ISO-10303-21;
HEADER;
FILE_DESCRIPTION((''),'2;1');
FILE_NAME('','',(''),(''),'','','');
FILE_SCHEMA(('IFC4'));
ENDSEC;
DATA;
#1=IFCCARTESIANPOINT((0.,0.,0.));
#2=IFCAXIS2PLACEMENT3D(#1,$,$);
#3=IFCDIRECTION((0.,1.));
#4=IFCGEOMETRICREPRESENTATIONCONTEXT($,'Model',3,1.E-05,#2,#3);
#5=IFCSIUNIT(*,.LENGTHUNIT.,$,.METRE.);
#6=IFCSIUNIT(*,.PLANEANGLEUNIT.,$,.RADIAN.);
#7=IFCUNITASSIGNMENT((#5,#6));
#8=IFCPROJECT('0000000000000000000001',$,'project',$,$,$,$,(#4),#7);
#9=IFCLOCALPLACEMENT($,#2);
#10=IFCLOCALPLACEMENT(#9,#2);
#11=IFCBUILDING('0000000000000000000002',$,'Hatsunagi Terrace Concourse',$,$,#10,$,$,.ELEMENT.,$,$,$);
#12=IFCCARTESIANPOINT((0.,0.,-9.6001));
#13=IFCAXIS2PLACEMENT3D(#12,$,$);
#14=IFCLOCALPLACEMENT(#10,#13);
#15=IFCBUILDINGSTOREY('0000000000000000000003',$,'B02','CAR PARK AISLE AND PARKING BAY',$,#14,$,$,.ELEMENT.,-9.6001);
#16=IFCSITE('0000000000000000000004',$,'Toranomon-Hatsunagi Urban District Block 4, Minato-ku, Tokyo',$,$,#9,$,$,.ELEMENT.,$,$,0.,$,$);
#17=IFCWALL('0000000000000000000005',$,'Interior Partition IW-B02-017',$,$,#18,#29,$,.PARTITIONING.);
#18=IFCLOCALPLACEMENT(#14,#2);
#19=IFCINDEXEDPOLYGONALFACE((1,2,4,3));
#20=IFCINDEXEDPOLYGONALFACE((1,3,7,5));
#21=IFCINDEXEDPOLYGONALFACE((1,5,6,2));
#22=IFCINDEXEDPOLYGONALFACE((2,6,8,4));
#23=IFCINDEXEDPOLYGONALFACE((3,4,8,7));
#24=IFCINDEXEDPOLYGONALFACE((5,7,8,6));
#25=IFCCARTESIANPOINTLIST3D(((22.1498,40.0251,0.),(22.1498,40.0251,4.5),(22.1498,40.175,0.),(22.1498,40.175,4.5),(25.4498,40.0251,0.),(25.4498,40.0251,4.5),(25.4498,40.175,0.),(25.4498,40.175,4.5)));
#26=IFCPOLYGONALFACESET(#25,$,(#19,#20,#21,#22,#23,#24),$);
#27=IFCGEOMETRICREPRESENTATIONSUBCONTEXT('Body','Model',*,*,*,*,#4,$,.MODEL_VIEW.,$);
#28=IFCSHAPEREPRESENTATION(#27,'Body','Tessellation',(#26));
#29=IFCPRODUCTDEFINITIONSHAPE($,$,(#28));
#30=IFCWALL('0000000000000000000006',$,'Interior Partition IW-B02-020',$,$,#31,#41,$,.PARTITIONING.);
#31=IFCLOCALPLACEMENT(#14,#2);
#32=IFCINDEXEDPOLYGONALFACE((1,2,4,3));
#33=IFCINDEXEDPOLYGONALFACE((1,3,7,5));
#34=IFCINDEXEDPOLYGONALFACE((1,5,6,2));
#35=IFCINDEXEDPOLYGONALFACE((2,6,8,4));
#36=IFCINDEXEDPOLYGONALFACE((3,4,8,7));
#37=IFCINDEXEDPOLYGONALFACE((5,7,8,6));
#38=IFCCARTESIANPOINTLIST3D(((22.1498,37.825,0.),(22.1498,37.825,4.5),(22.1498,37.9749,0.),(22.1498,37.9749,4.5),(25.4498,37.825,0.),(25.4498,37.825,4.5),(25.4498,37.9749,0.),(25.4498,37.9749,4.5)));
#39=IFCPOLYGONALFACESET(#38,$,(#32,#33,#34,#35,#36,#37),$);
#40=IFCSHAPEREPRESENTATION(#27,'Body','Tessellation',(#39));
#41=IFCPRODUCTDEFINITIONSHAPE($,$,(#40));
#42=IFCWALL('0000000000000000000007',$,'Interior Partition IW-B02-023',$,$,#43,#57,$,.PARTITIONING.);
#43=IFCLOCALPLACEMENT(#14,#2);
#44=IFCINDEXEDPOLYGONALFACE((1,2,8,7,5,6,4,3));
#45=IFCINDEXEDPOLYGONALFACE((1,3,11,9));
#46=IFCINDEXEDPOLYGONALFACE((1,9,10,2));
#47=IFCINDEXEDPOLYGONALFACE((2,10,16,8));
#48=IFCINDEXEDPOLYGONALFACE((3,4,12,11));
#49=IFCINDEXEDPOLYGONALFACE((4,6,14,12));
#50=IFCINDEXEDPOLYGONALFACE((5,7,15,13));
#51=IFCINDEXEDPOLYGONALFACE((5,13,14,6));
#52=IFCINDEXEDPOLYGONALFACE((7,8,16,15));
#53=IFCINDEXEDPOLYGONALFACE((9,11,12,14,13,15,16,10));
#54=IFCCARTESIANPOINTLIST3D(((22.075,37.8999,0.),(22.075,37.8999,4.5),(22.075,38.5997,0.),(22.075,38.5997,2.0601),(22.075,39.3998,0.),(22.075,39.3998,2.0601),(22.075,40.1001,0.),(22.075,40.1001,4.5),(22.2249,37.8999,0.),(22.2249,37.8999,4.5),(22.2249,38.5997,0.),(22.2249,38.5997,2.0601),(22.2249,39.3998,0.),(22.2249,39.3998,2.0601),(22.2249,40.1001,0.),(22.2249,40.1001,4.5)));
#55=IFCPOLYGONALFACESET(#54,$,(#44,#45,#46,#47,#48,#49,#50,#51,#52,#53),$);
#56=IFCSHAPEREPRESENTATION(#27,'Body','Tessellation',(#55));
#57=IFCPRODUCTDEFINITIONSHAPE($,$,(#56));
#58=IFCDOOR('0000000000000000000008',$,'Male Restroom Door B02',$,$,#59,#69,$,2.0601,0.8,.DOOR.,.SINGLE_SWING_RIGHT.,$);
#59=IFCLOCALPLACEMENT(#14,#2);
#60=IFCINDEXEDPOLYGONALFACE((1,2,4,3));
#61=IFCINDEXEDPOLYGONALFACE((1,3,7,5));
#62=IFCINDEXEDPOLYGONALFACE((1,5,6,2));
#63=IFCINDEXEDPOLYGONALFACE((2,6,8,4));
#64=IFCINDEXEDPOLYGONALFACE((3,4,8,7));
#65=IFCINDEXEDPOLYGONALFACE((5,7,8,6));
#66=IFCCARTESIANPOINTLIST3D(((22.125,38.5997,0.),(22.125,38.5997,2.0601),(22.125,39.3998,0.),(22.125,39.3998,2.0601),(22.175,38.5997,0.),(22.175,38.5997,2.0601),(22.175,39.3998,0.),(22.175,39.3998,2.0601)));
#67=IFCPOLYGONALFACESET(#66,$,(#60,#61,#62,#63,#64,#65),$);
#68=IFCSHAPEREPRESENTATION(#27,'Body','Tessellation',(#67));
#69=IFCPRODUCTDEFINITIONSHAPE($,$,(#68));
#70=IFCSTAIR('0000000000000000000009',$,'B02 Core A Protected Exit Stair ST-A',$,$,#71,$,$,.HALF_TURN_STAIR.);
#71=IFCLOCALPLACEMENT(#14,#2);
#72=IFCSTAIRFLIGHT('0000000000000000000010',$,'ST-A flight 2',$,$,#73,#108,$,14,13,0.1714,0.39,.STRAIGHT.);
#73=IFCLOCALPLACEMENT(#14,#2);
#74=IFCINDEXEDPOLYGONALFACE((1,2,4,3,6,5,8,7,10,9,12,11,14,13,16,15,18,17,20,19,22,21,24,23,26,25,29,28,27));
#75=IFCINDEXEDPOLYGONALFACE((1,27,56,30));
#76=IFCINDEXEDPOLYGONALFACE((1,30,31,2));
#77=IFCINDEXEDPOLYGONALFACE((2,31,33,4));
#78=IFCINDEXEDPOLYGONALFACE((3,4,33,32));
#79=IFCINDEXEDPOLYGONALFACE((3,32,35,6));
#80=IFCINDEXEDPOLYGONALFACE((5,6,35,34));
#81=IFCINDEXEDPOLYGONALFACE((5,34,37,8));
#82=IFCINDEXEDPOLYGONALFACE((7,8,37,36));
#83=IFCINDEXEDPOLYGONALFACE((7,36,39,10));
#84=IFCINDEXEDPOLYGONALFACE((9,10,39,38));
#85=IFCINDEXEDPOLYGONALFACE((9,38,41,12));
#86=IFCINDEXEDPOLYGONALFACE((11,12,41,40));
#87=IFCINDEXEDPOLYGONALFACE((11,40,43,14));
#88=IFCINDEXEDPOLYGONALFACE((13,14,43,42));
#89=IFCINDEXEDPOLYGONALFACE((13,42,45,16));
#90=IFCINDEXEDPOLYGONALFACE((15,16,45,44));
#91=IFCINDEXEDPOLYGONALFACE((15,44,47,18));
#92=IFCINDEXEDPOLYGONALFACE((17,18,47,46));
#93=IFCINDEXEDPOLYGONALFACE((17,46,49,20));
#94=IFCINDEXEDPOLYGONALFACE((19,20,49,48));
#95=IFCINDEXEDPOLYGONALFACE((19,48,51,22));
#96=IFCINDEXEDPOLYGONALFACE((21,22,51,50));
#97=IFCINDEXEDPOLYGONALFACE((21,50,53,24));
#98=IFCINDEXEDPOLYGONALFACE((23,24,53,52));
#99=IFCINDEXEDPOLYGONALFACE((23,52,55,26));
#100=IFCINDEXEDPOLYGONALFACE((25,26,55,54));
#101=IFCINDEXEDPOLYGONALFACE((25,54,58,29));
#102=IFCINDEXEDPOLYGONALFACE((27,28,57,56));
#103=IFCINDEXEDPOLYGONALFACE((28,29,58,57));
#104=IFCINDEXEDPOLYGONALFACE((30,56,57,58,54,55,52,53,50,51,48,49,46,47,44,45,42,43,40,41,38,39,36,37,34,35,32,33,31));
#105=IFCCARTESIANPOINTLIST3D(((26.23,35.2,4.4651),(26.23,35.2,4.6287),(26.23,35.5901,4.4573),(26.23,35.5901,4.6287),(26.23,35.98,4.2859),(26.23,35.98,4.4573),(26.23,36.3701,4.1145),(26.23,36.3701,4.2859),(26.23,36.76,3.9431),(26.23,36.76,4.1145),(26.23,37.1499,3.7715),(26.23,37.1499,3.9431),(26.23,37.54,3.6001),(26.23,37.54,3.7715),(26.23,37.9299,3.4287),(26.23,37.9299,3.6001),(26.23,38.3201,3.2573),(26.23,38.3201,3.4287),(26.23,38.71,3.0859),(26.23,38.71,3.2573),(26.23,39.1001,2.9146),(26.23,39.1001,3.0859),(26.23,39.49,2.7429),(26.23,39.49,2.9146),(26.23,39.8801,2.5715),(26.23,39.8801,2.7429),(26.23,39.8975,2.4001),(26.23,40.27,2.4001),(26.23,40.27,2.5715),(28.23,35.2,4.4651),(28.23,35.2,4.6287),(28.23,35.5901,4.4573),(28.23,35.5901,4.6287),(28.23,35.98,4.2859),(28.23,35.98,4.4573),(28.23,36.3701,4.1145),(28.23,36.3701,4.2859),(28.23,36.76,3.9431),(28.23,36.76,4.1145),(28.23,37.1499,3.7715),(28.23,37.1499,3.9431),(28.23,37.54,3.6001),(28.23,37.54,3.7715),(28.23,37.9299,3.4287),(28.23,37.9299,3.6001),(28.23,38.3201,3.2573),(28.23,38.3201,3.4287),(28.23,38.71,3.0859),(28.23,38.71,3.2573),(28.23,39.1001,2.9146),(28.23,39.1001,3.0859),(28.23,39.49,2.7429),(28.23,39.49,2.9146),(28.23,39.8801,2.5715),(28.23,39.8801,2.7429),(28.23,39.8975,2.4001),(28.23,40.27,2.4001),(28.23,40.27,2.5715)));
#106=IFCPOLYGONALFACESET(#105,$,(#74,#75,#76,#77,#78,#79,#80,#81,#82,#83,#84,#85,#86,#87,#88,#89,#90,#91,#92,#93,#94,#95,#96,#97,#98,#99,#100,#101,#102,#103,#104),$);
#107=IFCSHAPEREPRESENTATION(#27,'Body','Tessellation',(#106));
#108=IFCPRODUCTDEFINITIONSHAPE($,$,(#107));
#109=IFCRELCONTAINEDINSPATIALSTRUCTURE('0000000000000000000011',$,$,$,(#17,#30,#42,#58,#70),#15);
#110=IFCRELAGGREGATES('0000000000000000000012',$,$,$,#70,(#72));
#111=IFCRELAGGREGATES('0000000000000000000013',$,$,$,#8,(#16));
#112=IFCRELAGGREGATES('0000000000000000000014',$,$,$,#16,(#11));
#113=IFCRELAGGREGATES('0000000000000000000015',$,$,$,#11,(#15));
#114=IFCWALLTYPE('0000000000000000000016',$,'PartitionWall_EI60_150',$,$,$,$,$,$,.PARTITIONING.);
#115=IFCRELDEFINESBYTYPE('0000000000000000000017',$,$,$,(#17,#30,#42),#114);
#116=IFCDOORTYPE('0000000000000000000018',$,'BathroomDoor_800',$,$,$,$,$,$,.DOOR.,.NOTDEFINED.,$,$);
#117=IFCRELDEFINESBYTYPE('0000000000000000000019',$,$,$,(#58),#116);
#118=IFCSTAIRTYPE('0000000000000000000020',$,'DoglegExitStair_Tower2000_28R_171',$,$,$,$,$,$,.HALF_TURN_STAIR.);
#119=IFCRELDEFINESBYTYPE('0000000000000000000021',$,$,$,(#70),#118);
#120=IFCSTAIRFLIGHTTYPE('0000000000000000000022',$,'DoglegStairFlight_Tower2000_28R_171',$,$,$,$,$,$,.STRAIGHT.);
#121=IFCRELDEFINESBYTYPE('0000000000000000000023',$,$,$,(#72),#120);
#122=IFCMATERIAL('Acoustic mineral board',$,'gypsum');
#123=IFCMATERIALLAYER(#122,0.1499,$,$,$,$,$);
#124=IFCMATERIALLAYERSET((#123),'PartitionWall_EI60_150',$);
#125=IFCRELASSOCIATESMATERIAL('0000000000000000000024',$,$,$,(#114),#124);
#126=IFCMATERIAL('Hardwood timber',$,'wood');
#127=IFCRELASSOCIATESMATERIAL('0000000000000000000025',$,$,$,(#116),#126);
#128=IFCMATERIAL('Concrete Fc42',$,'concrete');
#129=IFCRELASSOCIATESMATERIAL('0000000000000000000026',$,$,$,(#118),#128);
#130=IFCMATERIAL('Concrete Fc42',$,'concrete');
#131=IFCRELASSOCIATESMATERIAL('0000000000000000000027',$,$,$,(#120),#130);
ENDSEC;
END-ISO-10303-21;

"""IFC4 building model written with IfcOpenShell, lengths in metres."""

from ifc_helpers import new_model, si_unit, direction, frame, frame_2d, origin, place, context, subcontext, project, spatial, polyline, rectangle, outline, extrude, material, layer, layer_set, type_object, element, fill, aggregate, save


model = new_model("IFC4")

# Units and contexts
model_context = context("Model", 3, precision=1e-05, world=origin(), true_north=direction((0.0, 1.0)))
body_context = subcontext(model_context, "Body", "Model", "MODEL_VIEW")
ifc_project = project(units=[si_unit("LENGTHUNIT", "METRE"), si_unit("PLANEANGLEUNIT", "RADIAN")], contexts=[model_context])

# Site, building, storey
site_placement = place(None, origin())
site = spatial("IfcSite", under=ifc_project, at=site_placement, Name="Toranomon-Hatsunagi Urban District Block 4, Minato-ku, Tokyo", CompositionType="ELEMENT", RefElevation=0.0)
building_placement = place(site_placement, origin())
building = spatial("IfcBuilding", under=site, at=building_placement, Name="Hatsunagi Terrace Concourse", CompositionType="ELEMENT")
storey_placement = place(building_placement, frame((0.0, 0.0, -9.6001)))
storey = spatial("IfcBuildingStorey", under=building, at=storey_placement, Name="B02", Description="CAR PARK AISLE AND PARKING BAY", CompositionType="ELEMENT", Elevation=-9.6001)

# Walls
ifc_material_1 = material(Name="Acoustic mineral board", Category="gypsum")
ifc_layer_1 = layer(ifc_material_1, 0.1499)
ifc_layer_set_1 = layer_set([ifc_layer_1], Name="PartitionWall_EI60_150")
wall_type_1 = type_object("IfcWallType", Name="PartitionWall_EI60_150", PredefinedType="PARTITIONING", material=ifc_layer_set_1)
for number, where, z_axis, x_axis, name in (
    (1, (22.1499, 40.1001, 0.0), (0.0, 0.0, 1.0), (1.0, 0.0, 0.0), "Interior Partition IW-B02-017"),
    (2, (22.1499, 37.8999, 0.0), (0.0, 0.0, 1.0), (1.0, 0.0, 0.0), "Interior Partition IW-B02-020"),
):
    element("IfcWall", number, at=place(storey_placement, frame(where, z_axis=z_axis, x_axis=x_axis)), inside=storey, type_object=wall_type_1, Name=name, PredefinedType="PARTITIONING", context=body_context, shape_type="SweptSolid", body=[
        extrude(rectangle(XDim=3.3, YDim=0.1499, at=frame_2d((1.6499, 0.0))), origin(), (0.0, 0.0, 1.0), 4.5),
    ])

# Wall, opening, door
wall_1_placement = place(storey_placement, frame((22.1499, 37.8999, 0.0), z_axis=(0.0, 0.0, 1.0), x_axis=(0.0, 1.0, 0.0)))
wall_1 = element("IfcWall", 3, at=wall_1_placement, inside=storey, type_object=wall_type_1, Name="Interior Partition IW-B02-023", PredefinedType="PARTITIONING", context=body_context, shape_type="SweptSolid", body=[
    extrude(rectangle(XDim=2.2002, YDim=0.1499, at=frame_2d((1.1001, 0.0))), origin(), (0.0, 0.0, 1.0), 4.5),
])
opening_placement = place(wall_1_placement, frame((0.7, 0.0, 0.0)))
opening = element("IfcOpeningElement", 4, at=opening_placement, cuts=wall_1, PredefinedType="OPENING", context=body_context, shape_type="SweptSolid", body=[
    extrude(rectangle(XDim=0.8, YDim=2.0601, at=frame_2d((0.3999, 1.03))), frame((0.0, 0.085, 0.0), z_axis=(0.0, -1.0, 0.0), x_axis=(1.0, 0.0, 0.0)), (0.0, 0.0, 1.0), 0.1699),
])
ifc_material_2 = material(Name="Hardwood timber", Category="wood")
door_type = type_object("IfcDoorType", Name="BathroomDoor_800", OperationType="NOTDEFINED", PredefinedType="DOOR", material=ifc_material_2)
door_placement = place(opening_placement, origin())
door = element("IfcDoor", 5, at=door_placement, inside=storey, type_object=door_type, Name="Male Restroom Door B02", OperationType="SINGLE_SWING_RIGHT", OverallHeight=2.0601, OverallWidth=0.8, PredefinedType="DOOR", context=body_context, shape_type="SweptSolid", body=[
    extrude(rectangle(XDim=0.8, YDim=2.0601, at=frame_2d((0.3999, 1.03))), frame((0.0, 0.0249, 0.0), z_axis=(0.0, -1.0, 0.0), x_axis=(1.0, 0.0, 0.0)), (0.0, 0.0, 1.0), 0.05),
])
fill(opening, door)

# Stair, stair flight
ifc_material_3 = material(Name="Concrete Fc42", Category="concrete")
stair_type = type_object("IfcStairType", Name="DoglegExitStair_Tower2000_28R_171", PredefinedType="HALF_TURN_STAIR", material=ifc_material_3)
stair_placement = place(storey_placement, origin())
stair = element("IfcStair", 6, at=stair_placement, inside=storey, type_object=stair_type, Name="B02 Core A Protected Exit Stair ST-A", PredefinedType="HALF_TURN_STAIR")
ifc_material_4 = material(Name="Concrete Fc42", Category="concrete")
stair_flight_type = type_object("IfcStairFlightType", Name="DoglegStairFlight_Tower2000_28R_171", PredefinedType="STRAIGHT", material=ifc_material_4)
stair_flight_placement = place(storey_placement, frame((27.23, 40.27, 2.4001), z_axis=(0.0, 0.0, 1.0), x_axis=(0.0, -1.0, 0.0)))
stair_flight = element("IfcStairFlight", 7, at=stair_flight_placement, type_object=stair_flight_type, Name="ST-A flight 2", NumberOfRisers=14, NumberOfTreads=13, PredefinedType="STRAIGHT", RiserHeight=0.1714, TreadLength=0.39, context=body_context, shape_type="SweptSolid", body=[
    extrude(outline(polyline([(0.0, 0.0), (0.0, 0.1714), (0.3899, 0.1714), (0.3899, 0.3428), (0.78, 0.3428), (0.78, 0.5144), (1.1699, 0.5144), (1.1699, 0.6858), (1.5601, 0.6858), (1.5601, 0.8572), (1.95, 0.8572), (1.95, 1.0286), (2.3401, 1.0286), (2.3401, 1.2), (2.73, 1.2), (2.73, 1.3713), (3.1201, 1.3713), (3.1201, 1.543), (3.51, 1.543), (3.51, 1.7144), (3.8999, 1.7144), (3.8999, 1.8857), (4.29, 1.8857), (4.29, 2.0571), (4.6799, 2.0571), (4.6799, 2.2285), (5.0701, 2.2285), (5.0701, 2.3999), (5.0701, 2.0649), (0.3726, 0.0), (0.0, 0.0)])), frame((0.0, 1.0, 0.0), z_axis=(0.0, -1.0, 0.0), x_axis=(1.0, 0.0, 0.0)), (0.0, 0.0, 1.0), 2.0),
])
aggregate(stair, [stair_flight])

save(model, "model.ifc")
